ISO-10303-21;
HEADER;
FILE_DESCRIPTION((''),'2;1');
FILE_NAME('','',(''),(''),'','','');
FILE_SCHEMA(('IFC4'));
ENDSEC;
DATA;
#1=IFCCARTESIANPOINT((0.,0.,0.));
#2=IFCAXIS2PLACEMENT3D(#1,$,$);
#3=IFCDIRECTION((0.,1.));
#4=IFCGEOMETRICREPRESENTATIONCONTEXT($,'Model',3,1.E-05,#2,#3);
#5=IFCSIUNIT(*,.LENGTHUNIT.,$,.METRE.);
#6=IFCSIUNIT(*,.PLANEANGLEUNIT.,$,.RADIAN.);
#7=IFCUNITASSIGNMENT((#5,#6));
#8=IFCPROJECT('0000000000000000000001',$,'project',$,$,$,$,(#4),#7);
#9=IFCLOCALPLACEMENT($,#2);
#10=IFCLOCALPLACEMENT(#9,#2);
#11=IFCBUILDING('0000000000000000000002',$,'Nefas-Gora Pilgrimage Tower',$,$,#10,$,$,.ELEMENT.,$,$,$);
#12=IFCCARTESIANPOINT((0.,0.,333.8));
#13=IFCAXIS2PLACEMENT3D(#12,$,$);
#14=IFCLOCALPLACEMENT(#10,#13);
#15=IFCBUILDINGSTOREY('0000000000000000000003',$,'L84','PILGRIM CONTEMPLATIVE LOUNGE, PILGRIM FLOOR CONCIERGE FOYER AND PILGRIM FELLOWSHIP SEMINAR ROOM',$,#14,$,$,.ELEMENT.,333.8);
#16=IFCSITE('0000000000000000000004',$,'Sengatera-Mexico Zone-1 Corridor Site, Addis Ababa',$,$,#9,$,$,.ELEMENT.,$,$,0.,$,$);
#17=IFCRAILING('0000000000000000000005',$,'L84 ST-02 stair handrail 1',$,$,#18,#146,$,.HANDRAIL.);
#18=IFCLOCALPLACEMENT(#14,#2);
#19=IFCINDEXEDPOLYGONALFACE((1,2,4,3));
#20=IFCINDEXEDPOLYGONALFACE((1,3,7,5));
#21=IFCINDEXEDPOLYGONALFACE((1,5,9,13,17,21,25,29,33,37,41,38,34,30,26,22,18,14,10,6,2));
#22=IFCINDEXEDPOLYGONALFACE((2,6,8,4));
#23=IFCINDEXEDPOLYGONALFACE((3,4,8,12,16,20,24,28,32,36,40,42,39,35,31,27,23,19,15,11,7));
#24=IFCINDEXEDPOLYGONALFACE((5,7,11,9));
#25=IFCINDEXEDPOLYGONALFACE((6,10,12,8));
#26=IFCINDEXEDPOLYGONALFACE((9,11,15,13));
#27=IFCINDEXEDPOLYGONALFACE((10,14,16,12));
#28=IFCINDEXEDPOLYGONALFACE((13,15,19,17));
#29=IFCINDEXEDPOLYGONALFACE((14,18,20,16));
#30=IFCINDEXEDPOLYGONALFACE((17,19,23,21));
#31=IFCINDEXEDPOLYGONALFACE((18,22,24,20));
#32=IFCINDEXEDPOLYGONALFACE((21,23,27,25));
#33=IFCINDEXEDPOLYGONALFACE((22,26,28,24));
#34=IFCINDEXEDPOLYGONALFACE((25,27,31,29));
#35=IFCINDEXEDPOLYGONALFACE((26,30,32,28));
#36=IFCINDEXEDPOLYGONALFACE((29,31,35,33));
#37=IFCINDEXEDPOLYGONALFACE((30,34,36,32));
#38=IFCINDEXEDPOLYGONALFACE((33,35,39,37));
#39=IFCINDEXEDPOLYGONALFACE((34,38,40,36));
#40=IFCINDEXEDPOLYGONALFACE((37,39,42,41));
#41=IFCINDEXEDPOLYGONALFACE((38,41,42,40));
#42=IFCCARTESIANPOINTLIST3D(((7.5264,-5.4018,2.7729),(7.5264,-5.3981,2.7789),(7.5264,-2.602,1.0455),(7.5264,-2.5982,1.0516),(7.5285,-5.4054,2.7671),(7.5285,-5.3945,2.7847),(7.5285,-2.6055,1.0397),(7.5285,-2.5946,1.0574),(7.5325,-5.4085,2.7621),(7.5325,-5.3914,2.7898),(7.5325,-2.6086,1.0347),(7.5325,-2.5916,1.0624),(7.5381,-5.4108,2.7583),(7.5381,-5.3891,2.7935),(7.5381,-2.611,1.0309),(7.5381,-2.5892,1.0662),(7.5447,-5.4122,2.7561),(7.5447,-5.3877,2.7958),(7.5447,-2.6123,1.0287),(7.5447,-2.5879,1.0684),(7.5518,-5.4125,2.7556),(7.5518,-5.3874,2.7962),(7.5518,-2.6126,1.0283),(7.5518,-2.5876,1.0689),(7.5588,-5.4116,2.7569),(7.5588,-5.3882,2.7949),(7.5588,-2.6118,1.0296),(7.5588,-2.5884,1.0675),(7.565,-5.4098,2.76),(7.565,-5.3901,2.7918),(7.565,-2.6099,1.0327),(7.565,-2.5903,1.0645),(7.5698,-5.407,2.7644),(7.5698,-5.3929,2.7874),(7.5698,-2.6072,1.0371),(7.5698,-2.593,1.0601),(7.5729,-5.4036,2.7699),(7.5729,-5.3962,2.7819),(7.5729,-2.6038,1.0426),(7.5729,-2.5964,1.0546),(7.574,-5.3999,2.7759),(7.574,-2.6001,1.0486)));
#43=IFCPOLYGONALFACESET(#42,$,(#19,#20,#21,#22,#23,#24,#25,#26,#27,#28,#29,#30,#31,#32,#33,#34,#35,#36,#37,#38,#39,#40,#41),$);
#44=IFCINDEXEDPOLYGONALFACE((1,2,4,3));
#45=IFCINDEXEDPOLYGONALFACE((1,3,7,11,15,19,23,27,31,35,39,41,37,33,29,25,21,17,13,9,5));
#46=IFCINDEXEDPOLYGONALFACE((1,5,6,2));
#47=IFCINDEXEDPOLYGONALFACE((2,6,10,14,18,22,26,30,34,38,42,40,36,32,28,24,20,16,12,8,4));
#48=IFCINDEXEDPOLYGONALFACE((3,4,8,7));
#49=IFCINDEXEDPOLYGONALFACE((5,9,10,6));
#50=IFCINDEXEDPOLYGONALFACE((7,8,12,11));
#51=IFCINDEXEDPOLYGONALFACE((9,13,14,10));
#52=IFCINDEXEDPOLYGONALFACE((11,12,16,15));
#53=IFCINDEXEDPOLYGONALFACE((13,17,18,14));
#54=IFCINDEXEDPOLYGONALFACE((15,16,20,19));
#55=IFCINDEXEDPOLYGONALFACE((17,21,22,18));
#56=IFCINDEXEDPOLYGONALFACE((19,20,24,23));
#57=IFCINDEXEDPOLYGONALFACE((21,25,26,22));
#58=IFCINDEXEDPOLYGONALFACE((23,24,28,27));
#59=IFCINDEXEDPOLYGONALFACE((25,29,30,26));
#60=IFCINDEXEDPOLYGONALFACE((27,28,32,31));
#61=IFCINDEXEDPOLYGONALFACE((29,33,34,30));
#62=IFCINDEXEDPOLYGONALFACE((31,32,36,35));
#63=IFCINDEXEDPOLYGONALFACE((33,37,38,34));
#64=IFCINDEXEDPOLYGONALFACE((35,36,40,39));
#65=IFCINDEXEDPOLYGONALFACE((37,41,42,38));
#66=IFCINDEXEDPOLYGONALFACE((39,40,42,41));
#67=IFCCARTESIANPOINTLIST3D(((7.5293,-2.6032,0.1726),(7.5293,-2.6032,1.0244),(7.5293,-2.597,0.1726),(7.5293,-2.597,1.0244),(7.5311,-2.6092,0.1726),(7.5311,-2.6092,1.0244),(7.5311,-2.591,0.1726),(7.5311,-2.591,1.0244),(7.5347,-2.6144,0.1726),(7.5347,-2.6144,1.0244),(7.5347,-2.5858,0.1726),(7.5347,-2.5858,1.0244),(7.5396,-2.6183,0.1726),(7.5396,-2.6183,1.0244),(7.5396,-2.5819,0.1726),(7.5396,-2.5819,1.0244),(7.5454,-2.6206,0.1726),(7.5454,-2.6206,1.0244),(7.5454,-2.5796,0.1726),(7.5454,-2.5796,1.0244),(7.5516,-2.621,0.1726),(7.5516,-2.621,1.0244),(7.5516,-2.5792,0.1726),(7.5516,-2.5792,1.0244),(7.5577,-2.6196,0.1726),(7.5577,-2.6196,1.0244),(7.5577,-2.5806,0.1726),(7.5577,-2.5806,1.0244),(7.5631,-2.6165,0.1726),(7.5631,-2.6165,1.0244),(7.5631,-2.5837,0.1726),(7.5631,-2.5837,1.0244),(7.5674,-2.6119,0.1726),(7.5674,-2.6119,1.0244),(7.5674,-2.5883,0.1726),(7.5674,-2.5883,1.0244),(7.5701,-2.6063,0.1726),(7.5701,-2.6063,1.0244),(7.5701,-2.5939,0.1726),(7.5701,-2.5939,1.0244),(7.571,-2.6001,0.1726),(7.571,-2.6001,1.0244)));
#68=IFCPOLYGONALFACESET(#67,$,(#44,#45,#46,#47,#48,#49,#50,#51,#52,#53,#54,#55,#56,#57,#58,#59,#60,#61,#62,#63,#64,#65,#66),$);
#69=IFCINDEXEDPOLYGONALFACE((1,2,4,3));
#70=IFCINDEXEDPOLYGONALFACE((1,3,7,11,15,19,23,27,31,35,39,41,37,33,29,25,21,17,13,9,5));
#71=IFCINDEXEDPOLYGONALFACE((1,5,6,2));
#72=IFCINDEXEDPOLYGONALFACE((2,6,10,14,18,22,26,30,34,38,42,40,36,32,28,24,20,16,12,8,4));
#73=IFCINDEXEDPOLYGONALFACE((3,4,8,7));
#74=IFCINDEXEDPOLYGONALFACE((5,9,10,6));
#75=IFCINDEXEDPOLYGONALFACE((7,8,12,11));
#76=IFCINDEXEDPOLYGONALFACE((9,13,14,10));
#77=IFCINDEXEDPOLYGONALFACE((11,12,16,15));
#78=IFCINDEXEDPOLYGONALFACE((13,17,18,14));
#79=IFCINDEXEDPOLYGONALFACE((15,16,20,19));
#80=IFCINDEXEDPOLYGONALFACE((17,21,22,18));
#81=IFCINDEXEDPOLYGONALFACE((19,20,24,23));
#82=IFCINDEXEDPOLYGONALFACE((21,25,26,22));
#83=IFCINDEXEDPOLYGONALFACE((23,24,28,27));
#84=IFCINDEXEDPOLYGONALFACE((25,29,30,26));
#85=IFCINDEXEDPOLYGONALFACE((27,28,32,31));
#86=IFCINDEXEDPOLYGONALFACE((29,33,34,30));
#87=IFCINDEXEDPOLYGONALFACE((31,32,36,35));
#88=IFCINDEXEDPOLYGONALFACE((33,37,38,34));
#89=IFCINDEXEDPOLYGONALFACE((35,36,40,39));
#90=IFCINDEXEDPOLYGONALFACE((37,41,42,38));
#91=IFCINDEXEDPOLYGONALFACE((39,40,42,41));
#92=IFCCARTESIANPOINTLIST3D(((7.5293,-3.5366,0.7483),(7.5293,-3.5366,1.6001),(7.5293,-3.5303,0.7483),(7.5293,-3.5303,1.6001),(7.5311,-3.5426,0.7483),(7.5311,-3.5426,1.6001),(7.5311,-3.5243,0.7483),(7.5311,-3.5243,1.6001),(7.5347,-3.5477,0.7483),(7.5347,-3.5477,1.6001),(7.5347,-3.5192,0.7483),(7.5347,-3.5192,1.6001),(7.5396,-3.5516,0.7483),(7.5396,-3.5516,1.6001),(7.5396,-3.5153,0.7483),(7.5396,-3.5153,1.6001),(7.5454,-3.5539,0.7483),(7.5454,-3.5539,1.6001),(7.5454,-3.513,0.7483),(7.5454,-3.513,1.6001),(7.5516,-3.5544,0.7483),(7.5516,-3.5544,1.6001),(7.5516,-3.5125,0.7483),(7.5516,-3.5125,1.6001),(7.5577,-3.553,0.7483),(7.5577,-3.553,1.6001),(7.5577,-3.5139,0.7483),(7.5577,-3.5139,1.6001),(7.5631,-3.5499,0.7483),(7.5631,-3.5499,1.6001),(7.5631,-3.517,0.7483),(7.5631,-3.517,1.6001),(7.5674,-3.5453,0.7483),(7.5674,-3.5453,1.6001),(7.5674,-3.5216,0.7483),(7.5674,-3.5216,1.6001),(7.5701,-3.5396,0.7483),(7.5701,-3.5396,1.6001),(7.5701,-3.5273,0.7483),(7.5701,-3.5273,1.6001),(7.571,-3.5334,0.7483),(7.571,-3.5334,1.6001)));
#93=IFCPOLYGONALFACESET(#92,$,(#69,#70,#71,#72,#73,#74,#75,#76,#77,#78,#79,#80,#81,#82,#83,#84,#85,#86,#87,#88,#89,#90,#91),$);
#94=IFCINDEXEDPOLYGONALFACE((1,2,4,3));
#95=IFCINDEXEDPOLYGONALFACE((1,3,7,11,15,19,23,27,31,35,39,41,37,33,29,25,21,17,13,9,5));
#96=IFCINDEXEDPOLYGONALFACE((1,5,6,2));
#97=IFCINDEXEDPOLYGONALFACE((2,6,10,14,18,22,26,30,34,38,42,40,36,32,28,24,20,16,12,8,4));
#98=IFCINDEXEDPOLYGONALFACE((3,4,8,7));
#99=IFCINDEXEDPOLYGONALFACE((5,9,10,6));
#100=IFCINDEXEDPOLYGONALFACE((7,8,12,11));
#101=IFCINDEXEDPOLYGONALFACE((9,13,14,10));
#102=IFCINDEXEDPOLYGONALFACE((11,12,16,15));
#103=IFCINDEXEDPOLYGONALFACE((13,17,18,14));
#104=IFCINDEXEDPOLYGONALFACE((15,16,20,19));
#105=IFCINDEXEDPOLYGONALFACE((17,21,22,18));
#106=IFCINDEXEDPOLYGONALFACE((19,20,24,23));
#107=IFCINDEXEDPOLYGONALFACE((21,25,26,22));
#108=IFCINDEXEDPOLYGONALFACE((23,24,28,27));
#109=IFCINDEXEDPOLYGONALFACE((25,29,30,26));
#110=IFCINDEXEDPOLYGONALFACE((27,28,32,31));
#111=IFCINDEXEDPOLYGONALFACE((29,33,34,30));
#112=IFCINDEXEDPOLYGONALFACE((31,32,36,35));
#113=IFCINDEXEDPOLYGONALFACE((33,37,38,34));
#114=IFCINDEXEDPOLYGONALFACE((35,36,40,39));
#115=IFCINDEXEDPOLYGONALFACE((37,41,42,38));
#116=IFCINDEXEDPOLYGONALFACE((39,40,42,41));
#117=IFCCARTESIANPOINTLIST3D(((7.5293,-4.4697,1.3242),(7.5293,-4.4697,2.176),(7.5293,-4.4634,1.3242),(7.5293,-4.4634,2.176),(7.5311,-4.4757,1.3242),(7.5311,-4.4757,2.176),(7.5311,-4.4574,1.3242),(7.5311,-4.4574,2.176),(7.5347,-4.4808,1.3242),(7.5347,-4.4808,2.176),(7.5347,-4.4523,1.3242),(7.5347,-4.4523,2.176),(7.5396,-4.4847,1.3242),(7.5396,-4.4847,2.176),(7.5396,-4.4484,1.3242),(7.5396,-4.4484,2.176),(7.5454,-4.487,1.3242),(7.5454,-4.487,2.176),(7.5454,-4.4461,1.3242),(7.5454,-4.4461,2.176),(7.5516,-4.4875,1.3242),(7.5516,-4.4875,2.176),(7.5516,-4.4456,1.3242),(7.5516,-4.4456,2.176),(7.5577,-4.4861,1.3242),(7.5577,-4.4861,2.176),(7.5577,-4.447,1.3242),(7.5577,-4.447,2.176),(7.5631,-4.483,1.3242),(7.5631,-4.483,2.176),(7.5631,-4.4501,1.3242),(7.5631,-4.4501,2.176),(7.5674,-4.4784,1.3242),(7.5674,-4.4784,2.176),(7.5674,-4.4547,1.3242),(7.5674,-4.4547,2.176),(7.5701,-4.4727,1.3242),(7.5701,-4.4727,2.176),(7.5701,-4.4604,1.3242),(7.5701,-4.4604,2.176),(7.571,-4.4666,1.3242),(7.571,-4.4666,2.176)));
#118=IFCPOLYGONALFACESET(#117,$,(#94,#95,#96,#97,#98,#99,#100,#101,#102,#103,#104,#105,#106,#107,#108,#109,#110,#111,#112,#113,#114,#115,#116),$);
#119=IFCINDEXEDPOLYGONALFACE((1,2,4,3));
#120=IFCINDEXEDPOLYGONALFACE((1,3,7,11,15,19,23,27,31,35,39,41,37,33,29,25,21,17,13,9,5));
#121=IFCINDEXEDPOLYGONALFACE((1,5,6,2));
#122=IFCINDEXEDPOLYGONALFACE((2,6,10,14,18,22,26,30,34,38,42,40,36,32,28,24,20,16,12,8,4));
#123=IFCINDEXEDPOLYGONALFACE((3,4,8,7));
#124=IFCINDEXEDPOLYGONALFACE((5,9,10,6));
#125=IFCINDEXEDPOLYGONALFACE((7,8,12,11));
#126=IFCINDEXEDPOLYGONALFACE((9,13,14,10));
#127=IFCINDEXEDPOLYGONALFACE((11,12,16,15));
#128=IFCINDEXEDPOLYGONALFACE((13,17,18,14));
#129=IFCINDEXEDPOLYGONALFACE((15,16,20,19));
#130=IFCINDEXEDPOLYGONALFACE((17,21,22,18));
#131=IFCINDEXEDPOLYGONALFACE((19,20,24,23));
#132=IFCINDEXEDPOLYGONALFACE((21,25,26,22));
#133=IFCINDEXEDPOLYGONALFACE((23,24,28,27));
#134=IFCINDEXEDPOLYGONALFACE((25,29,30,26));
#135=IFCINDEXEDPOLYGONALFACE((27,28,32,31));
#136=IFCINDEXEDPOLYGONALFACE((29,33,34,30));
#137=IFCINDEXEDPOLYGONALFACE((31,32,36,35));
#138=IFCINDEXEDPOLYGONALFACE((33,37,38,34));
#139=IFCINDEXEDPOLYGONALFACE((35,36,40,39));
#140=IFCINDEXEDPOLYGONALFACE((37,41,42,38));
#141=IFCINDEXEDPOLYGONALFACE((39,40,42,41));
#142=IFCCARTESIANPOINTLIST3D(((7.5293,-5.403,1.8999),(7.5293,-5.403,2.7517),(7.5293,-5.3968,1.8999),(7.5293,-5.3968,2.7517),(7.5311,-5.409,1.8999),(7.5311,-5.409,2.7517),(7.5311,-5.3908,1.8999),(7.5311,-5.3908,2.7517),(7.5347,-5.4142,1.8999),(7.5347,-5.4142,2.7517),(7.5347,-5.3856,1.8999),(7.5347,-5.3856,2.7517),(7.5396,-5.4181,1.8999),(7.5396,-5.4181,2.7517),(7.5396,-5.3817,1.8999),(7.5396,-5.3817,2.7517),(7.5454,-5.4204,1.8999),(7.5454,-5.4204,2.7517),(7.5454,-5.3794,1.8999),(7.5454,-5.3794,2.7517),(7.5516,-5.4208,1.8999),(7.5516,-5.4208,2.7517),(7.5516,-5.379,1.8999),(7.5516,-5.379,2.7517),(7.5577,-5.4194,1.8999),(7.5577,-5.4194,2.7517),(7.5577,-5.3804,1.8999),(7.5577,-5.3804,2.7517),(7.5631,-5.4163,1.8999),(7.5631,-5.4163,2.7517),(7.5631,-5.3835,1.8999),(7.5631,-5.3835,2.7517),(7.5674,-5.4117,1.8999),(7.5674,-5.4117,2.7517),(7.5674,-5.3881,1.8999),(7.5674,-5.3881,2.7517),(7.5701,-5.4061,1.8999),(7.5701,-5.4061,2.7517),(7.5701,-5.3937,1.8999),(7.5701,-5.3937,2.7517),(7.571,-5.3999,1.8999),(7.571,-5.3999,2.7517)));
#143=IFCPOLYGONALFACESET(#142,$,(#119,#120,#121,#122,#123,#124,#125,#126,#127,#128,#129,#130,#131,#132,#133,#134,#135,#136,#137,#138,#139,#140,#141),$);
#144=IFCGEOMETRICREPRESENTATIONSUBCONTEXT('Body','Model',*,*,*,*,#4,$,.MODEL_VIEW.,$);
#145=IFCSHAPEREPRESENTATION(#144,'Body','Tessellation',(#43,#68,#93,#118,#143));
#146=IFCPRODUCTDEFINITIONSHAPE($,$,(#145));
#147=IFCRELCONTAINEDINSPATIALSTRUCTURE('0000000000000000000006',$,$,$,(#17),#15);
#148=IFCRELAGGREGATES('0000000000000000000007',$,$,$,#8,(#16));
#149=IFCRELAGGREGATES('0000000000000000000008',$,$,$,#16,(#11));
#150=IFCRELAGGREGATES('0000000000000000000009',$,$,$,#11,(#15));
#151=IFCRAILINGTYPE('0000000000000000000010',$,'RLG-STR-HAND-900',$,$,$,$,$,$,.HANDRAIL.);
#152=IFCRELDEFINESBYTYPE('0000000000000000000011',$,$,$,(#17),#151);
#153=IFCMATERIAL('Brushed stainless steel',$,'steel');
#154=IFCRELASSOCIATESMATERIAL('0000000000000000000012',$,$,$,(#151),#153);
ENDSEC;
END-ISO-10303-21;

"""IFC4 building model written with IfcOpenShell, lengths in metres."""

from ifc_helpers import new_model, si_unit, direction, frame, origin, origin_2d, place, context, subcontext, project, spatial, circle, extrude, material, type_object, element, save


model = new_model("IFC4")

# Units and contexts
model_context = context("Model", 3, precision=1e-05, world=origin(), true_north=direction((0.0, 1.0)))
body_context = subcontext(model_context, "Body", "Model", "MODEL_VIEW")
ifc_project = project(units=[si_unit("LENGTHUNIT", "METRE"), si_unit("PLANEANGLEUNIT", "RADIAN")], contexts=[model_context])

# Site, building, storey
site_placement = place(None, origin())
site = spatial("IfcSite", under=ifc_project, at=site_placement, Name="Sengatera-Mexico Zone-1 Corridor Site, Addis Ababa", CompositionType="ELEMENT", RefElevation=0.0)
building_placement = place(site_placement, origin())
building = spatial("IfcBuilding", under=site, at=building_placement, Name="Nefas-Gora Pilgrimage Tower", CompositionType="ELEMENT")
storey_placement = place(building_placement, frame((0.0, 0.0, 333.8)))
storey = spatial("IfcBuildingStorey", under=building, at=storey_placement, Name="L84", Description="PILGRIM CONTEMPLATIVE LOUNGE, PILGRIM FLOOR CONCIERGE FOYER AND PILGRIM FELLOWSHIP SEMINAR ROOM", CompositionType="ELEMENT", Elevation=333.8)

# Railing
ifc_material_1 = material(Name="Brushed stainless steel", Category="steel")
railing_type_1 = type_object("IfcRailingType", Name="RLG-STR-HAND-900", PredefinedType="HANDRAIL", material=ifc_material_1)
railing_1_placement = place(storey_placement, frame((7.55, -2.6001, 0.1726)))
element("IfcRailing", 1, at=railing_1_placement, inside=storey, type_object=railing_type_1, Name="L84 ST-02 stair handrail 1", PredefinedType="HANDRAIL", context=body_context, shape_type="SweptSolid", body=[
    extrude(circle(Radius=0.0239, at=origin_2d()), frame((0.0, 0.0, 0.876), z_axis=(0.0, -0.851069, 0.525054), x_axis=(1.0, 0.0, 0.0)), (0.0, 0.0, 1.0), 3.2898),
    extrude(circle(Radius=0.021, at=origin_2d()), origin(), (0.0, 0.0, 1.0), 0.8518),
    extrude(circle(Radius=0.021, at=origin_2d()), frame((0.0, -0.9333, 0.5757)), (0.0, 0.0, 1.0), 0.8518),
    extrude(circle(Radius=0.021, at=origin_2d()), frame((0.0, -1.8665, 1.1516)), (0.0, 0.0, 1.0), 0.8518),
    extrude(circle(Radius=0.021, at=origin_2d()), frame((0.0, -2.7998, 1.7273)), (0.0, 0.0, 1.0), 0.8518),
])

save(model, "model.ifc")
